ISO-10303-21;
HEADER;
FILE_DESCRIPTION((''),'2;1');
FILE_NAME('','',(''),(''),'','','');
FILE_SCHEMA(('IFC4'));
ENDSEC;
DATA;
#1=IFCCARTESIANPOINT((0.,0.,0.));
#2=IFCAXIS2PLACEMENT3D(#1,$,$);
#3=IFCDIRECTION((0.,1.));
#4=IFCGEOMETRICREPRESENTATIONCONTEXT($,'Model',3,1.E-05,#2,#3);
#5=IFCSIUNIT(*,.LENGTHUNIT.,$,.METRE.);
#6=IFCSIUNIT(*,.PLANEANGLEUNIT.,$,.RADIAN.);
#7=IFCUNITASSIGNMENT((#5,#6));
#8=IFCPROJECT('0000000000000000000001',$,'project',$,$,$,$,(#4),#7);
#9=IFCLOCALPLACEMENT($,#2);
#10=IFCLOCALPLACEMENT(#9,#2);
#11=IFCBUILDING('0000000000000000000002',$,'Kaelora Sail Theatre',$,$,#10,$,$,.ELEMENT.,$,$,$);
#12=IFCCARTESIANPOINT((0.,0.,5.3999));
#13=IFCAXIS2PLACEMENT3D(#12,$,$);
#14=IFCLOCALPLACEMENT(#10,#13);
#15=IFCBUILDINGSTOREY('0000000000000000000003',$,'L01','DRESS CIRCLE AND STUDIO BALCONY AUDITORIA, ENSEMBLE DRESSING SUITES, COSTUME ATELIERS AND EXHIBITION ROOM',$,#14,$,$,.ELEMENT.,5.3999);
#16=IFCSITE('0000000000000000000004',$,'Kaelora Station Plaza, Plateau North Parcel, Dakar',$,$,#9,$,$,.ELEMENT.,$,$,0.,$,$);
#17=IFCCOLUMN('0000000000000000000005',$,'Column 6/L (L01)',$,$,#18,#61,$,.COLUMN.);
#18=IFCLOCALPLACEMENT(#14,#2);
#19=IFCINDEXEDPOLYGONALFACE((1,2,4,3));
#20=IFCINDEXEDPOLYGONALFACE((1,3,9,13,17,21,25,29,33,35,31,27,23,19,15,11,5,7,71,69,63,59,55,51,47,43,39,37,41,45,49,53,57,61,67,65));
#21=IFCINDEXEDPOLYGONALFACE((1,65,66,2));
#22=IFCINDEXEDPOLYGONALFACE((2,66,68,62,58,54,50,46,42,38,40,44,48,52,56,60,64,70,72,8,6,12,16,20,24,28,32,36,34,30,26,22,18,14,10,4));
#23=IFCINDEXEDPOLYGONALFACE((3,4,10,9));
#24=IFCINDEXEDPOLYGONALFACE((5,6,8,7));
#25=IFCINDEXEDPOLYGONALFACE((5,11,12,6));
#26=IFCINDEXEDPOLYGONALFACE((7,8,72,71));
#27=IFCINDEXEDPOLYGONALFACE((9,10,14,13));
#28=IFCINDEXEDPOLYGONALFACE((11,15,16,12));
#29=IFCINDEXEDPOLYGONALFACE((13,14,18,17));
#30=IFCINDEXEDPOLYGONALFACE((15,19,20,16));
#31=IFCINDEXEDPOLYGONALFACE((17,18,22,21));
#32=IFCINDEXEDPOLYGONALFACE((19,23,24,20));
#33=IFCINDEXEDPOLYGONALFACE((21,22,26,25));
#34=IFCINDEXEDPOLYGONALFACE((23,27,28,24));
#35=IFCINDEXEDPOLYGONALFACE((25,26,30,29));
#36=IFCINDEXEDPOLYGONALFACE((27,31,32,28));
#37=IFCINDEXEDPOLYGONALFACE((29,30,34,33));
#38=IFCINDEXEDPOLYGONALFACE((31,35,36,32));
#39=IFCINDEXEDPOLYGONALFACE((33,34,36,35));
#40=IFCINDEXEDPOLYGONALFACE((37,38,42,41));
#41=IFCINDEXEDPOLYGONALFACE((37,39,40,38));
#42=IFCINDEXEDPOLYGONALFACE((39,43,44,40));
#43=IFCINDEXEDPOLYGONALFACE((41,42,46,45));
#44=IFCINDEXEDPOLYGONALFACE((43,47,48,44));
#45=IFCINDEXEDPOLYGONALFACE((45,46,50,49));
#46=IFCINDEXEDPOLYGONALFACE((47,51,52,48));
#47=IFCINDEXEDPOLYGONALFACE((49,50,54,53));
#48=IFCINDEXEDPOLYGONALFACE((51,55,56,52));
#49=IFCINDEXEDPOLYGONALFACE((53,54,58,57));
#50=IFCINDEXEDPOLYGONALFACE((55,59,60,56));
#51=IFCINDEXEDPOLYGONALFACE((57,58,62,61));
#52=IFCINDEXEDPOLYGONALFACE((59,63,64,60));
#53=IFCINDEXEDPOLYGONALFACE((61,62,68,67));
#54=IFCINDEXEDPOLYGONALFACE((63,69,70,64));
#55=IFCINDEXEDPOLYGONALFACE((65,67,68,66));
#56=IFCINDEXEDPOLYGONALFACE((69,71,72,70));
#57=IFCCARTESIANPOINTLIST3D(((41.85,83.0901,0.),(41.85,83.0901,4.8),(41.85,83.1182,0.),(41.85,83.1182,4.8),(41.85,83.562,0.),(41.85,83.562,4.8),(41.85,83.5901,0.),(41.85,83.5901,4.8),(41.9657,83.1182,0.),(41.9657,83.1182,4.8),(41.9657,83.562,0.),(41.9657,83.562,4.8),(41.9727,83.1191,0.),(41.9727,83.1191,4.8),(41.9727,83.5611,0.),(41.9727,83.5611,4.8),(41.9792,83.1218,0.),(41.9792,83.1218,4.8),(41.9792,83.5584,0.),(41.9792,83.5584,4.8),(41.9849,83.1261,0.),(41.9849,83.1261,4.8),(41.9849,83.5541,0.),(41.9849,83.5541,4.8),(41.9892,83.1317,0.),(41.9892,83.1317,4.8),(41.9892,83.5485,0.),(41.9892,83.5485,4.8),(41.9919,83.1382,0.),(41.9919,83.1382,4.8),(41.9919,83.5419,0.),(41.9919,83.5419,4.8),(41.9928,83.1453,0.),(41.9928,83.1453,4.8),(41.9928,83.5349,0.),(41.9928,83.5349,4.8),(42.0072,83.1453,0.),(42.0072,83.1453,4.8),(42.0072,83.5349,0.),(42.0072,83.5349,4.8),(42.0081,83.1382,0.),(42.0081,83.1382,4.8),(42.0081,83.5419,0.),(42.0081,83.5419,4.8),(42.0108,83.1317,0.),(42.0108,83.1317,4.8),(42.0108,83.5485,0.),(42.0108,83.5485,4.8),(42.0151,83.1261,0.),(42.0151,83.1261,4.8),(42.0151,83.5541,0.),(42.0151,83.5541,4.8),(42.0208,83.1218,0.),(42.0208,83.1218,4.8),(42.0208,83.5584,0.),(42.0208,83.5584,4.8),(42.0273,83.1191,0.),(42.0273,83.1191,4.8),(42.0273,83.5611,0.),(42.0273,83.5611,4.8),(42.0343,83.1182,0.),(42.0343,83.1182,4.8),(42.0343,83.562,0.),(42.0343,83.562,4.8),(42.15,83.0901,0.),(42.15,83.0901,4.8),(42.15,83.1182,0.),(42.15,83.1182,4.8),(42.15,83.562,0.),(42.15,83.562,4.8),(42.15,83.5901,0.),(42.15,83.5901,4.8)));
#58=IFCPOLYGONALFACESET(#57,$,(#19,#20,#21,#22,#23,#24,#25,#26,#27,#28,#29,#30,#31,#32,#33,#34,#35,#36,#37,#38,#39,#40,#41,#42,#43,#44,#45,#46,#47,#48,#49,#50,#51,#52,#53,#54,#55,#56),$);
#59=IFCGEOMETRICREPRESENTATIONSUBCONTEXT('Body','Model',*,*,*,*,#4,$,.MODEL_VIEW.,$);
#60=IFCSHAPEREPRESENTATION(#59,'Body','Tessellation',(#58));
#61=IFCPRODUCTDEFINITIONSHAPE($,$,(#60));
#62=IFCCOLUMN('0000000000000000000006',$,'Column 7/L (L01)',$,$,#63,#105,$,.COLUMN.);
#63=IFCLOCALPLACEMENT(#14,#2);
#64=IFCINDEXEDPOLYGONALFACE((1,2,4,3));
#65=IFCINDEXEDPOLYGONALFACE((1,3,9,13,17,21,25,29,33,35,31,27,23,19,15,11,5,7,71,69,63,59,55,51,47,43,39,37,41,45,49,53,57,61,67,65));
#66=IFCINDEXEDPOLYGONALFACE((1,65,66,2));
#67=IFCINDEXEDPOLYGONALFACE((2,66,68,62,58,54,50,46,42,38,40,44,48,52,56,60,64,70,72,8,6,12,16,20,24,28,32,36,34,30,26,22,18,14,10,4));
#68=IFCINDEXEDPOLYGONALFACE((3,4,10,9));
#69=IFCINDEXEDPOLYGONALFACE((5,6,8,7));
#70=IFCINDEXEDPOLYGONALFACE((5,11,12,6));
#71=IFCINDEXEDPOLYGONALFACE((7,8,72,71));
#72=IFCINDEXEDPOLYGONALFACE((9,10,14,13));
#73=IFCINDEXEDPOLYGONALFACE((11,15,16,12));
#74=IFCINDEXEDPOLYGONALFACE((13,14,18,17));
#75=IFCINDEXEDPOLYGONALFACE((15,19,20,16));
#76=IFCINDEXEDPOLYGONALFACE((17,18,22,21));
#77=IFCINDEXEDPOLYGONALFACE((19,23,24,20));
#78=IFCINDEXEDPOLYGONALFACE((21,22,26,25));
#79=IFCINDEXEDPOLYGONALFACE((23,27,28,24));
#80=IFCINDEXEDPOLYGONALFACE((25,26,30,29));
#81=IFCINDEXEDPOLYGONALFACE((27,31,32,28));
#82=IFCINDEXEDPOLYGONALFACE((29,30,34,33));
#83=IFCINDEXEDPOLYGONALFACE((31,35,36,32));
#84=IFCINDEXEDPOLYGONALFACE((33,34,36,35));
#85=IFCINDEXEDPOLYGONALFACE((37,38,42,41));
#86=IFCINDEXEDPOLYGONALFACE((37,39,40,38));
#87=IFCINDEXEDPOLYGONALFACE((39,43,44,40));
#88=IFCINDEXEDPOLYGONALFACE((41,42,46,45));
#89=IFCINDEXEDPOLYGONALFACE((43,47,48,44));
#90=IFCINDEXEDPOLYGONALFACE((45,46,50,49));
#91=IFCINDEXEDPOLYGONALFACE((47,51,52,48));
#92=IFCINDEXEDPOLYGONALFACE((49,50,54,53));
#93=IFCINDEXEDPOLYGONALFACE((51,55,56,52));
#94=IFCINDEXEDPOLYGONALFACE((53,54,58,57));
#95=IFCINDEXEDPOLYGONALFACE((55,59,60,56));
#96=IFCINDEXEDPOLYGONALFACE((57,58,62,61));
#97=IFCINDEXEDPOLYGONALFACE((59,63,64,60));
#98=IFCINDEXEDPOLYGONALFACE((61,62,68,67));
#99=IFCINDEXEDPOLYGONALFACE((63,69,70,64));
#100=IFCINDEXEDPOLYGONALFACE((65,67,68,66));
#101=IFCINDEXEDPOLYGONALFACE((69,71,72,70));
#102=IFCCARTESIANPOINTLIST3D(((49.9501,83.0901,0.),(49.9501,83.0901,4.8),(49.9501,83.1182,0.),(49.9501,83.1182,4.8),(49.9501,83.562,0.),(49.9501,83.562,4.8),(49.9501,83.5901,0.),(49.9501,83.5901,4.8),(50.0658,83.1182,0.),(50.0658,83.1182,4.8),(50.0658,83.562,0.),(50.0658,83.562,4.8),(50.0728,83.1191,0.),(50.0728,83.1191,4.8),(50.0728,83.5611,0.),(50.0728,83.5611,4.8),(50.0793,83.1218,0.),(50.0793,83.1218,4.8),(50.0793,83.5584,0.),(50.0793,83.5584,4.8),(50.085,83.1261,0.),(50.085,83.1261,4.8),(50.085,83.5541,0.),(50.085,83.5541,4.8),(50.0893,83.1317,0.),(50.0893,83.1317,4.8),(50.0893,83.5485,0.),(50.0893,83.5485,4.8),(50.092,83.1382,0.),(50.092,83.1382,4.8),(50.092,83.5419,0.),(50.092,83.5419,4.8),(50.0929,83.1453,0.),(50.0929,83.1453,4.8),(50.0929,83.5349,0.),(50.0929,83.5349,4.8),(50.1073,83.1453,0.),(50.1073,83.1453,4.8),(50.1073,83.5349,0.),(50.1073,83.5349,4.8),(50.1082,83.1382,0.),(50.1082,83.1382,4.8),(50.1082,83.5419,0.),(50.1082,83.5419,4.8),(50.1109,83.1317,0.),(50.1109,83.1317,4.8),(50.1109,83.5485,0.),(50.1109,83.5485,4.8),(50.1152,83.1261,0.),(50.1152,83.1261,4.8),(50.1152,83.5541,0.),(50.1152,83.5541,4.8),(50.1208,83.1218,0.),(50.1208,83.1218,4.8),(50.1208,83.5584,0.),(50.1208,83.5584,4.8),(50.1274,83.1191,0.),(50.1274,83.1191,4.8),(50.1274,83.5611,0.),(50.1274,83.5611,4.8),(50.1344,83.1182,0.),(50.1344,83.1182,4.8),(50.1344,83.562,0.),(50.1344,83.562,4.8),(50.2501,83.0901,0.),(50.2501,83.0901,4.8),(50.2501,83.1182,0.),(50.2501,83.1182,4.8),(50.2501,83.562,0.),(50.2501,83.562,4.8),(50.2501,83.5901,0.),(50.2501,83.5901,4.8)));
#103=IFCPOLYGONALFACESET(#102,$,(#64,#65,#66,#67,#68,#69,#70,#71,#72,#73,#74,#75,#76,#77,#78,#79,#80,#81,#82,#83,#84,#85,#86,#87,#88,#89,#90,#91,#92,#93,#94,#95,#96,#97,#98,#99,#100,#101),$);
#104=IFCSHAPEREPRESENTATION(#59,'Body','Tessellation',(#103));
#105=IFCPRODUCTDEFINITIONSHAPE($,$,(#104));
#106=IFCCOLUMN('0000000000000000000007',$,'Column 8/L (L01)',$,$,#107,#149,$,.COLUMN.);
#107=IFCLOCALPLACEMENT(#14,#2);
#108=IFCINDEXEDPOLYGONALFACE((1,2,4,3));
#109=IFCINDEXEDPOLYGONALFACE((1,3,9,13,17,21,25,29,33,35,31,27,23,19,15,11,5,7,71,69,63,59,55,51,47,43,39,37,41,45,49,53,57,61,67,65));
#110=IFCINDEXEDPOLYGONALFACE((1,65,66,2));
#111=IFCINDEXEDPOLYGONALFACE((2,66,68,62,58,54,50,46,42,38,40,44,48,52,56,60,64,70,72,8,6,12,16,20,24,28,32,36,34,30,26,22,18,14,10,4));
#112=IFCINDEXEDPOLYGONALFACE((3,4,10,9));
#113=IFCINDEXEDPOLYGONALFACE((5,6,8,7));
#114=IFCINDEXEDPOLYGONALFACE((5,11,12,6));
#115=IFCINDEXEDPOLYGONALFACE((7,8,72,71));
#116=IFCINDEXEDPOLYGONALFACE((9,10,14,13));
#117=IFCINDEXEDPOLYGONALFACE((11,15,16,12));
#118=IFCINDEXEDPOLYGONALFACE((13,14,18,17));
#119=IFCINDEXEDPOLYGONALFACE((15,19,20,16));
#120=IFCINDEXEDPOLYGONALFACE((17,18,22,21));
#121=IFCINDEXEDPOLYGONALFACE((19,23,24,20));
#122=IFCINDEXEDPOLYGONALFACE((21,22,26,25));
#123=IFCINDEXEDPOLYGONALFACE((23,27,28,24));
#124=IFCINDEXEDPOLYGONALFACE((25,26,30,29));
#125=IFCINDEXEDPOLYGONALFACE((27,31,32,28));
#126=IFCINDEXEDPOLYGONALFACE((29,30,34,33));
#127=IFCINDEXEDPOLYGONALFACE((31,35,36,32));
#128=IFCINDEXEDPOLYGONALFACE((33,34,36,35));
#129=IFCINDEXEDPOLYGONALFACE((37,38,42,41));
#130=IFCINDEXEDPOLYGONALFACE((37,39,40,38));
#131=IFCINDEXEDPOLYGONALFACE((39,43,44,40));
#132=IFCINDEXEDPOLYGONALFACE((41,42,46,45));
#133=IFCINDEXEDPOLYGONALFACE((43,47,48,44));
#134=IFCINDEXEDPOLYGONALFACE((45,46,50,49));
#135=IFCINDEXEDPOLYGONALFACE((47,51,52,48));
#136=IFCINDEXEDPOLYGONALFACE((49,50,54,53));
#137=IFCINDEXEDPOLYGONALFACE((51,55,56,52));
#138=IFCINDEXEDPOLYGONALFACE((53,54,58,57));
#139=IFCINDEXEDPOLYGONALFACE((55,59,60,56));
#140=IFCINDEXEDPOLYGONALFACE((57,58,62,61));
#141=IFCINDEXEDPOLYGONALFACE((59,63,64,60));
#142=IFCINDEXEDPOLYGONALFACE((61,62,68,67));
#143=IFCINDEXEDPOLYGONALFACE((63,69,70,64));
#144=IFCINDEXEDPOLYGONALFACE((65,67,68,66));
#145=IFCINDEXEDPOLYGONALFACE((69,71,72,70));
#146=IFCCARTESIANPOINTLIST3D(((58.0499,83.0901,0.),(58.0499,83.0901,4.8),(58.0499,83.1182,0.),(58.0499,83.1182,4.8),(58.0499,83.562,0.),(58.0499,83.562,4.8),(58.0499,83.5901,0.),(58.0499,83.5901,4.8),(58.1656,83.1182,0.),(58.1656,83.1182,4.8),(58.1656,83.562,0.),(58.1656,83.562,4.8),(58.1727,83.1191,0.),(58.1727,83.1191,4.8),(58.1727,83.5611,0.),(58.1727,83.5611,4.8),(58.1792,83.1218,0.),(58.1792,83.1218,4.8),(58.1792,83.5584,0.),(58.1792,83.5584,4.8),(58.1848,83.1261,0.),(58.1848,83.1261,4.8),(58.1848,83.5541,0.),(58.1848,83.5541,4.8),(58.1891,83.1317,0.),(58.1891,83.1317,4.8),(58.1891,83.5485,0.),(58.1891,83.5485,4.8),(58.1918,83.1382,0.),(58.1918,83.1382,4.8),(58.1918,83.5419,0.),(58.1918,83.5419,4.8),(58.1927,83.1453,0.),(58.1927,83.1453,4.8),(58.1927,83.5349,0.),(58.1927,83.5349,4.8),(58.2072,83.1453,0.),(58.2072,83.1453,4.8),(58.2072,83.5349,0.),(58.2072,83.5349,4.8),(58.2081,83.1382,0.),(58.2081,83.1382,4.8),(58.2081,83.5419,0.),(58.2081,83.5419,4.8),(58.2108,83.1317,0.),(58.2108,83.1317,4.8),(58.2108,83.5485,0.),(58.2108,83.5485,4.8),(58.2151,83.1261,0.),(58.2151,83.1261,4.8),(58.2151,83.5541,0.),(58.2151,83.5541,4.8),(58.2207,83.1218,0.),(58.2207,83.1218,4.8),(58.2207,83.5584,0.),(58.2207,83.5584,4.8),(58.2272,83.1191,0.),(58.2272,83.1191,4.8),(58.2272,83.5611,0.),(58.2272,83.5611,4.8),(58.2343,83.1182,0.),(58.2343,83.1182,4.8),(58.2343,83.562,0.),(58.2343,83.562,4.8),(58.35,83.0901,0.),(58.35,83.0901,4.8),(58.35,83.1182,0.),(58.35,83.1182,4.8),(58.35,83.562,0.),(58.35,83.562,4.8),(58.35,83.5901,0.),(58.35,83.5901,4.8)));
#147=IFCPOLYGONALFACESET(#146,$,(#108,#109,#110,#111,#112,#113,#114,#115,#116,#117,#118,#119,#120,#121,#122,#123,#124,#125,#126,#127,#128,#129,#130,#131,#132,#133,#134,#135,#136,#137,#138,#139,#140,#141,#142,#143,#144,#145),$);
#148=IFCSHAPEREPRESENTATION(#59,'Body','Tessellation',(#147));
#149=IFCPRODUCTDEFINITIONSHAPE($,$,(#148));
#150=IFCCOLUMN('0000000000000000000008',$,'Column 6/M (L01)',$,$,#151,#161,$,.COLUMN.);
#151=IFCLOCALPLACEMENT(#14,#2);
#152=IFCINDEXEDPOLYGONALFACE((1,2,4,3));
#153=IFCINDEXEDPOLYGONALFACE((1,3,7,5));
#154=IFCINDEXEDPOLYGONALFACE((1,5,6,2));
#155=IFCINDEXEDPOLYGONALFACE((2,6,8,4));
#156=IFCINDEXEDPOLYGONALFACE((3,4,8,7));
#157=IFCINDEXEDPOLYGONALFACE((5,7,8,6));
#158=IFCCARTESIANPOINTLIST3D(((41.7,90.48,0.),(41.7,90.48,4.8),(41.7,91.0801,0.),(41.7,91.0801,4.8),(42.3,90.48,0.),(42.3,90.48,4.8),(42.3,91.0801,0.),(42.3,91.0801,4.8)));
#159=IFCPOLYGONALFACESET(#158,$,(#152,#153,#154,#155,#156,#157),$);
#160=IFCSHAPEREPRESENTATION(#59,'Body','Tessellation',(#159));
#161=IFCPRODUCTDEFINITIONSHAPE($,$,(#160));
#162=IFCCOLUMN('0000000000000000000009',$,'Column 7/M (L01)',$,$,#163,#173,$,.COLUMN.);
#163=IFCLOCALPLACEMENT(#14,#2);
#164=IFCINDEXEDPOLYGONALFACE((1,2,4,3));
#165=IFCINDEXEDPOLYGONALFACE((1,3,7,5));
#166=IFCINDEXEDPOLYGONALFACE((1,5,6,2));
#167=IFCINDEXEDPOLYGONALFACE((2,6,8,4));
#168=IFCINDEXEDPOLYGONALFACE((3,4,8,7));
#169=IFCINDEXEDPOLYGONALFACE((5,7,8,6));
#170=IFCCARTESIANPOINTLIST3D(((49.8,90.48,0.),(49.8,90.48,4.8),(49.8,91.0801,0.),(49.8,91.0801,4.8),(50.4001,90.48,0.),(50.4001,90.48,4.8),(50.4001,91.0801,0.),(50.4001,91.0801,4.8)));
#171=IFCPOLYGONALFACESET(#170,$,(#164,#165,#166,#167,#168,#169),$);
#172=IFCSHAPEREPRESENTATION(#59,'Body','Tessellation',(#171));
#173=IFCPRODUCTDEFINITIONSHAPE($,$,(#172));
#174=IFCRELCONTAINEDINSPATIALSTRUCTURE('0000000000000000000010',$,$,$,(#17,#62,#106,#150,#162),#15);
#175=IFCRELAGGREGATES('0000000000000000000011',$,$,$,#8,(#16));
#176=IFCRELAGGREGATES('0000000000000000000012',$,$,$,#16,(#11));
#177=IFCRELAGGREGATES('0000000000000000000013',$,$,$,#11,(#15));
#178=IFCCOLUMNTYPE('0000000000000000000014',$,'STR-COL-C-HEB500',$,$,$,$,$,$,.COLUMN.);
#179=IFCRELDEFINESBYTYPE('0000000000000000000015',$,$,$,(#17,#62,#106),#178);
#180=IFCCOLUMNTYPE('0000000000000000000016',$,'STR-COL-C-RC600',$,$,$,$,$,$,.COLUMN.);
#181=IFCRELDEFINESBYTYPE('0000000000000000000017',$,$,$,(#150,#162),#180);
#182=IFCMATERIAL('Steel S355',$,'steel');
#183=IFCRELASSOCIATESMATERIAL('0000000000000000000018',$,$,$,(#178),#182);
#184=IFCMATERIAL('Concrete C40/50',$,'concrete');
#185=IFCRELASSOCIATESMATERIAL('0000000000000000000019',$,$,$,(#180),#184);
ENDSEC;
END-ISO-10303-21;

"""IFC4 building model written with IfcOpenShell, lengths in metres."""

from ifc_helpers import new_model, si_unit, direction, frame, origin, origin_2d, place, context, subcontext, project, spatial, rectangle, i_section, extrude, material, material_profile, profile_set, type_object, element, save


model = new_model("IFC4")

# Units and contexts
model_context = context("Model", 3, precision=1e-05, world=origin(), true_north=direction((0.0, 1.0)))
body_context = subcontext(model_context, "Body", "Model", "MODEL_VIEW")
ifc_project = project(units=[si_unit("LENGTHUNIT", "METRE"), si_unit("PLANEANGLEUNIT", "RADIAN")], contexts=[model_context])

# Site, building, storey
site_placement = place(None, origin())
site = spatial("IfcSite", under=ifc_project, at=site_placement, Name="Kaelora Station Plaza, Plateau North Parcel, Dakar", CompositionType="ELEMENT", RefElevation=0.0)
building_placement = place(site_placement, origin())
building = spatial("IfcBuilding", under=site, at=building_placement, Name="Kaelora Sail Theatre", CompositionType="ELEMENT")
storey_placement = place(building_placement, frame((0.0, 0.0, 5.3999)))
storey = spatial("IfcBuildingStorey", under=building, at=storey_placement, Name="L01", Description="DRESS CIRCLE AND STUDIO BALCONY AUDITORIA, ENSEMBLE DRESSING SUITES, COSTUME ATELIERS AND EXHIBITION ROOM", CompositionType="ELEMENT", Elevation=5.3999)

# Columns
ifc_material_1 = material(Name="Steel S355", Category="steel")
ifc_material_profile_1 = material_profile(ifc_material_1, i_section(OverallWidth=0.3, OverallDepth=0.5, WebThickness=0.0144, FlangeThickness=0.0281, FilletRadius=0.0271, at=origin_2d()), Name="HEB 500")
ifc_profile_set_1 = profile_set([ifc_material_profile_1], Name="Steel S355")
column_type_1 = type_object("IfcColumnType", Name="STR-COL-C-HEB500", PredefinedType="COLUMN", material=ifc_profile_set_1)
for number, where, z_axis, x_axis, name in (
    (1, (42.0, 83.3401, 0.0), (0.0, 0.0, 1.0), (1.0, 0.0, 0.0), "Column 6/L (L01)"),
    (2, (50.1001, 83.3401, 0.0), (0.0, 0.0, 1.0), (1.0, 0.0, 0.0), "Column 7/L (L01)"),
    (3, (58.2, 83.3401, 0.0), (0.0, 0.0, 1.0), (1.0, 0.0, 0.0), "Column 8/L (L01)"),
):
    element("IfcColumn", number, at=place(storey_placement, frame(where, z_axis=z_axis, x_axis=x_axis)), inside=storey, type_object=column_type_1, Name=name, PredefinedType="COLUMN", context=body_context, shape_type="SweptSolid", body=[
        extrude(i_section(OverallWidth=0.3, OverallDepth=0.5, WebThickness=0.0144, FlangeThickness=0.0281, FilletRadius=0.0271, at=origin_2d()), origin(), (0.0, 0.0, 1.0), 4.8),
    ])
ifc_material_2 = material(Name="Concrete C40/50", Category="concrete")
ifc_material_profile_2 = material_profile(ifc_material_2, rectangle(XDim=0.6001, YDim=0.6001, at=origin_2d()), Name="RC-COL 600x600")
ifc_profile_set_2 = profile_set([ifc_material_profile_2], Name="Concrete C40/50")
column_type_2 = type_object("IfcColumnType", Name="STR-COL-C-RC600", PredefinedType="COLUMN", material=ifc_profile_set_2)
for number, where, z_axis, x_axis, name in (
    (4, (42.0, 90.78, 0.0), (0.0, 0.0, 1.0), (1.0, 0.0, 0.0), "Column 6/M (L01)"),
    (5, (50.1001, 90.78, 0.0), (0.0, 0.0, 1.0), (1.0, 0.0, 0.0), "Column 7/M (L01)"),
):
    element("IfcColumn", number, at=place(storey_placement, frame(where, z_axis=z_axis, x_axis=x_axis)), inside=storey, type_object=column_type_2, Name=name, PredefinedType="COLUMN", context=body_context, shape_type="SweptSolid", body=[
        extrude(rectangle(XDim=0.6001, YDim=0.6001, at=origin_2d()), origin(), (0.0, 0.0, 1.0), 4.8),
    ])

save(model, "model.ifc")
